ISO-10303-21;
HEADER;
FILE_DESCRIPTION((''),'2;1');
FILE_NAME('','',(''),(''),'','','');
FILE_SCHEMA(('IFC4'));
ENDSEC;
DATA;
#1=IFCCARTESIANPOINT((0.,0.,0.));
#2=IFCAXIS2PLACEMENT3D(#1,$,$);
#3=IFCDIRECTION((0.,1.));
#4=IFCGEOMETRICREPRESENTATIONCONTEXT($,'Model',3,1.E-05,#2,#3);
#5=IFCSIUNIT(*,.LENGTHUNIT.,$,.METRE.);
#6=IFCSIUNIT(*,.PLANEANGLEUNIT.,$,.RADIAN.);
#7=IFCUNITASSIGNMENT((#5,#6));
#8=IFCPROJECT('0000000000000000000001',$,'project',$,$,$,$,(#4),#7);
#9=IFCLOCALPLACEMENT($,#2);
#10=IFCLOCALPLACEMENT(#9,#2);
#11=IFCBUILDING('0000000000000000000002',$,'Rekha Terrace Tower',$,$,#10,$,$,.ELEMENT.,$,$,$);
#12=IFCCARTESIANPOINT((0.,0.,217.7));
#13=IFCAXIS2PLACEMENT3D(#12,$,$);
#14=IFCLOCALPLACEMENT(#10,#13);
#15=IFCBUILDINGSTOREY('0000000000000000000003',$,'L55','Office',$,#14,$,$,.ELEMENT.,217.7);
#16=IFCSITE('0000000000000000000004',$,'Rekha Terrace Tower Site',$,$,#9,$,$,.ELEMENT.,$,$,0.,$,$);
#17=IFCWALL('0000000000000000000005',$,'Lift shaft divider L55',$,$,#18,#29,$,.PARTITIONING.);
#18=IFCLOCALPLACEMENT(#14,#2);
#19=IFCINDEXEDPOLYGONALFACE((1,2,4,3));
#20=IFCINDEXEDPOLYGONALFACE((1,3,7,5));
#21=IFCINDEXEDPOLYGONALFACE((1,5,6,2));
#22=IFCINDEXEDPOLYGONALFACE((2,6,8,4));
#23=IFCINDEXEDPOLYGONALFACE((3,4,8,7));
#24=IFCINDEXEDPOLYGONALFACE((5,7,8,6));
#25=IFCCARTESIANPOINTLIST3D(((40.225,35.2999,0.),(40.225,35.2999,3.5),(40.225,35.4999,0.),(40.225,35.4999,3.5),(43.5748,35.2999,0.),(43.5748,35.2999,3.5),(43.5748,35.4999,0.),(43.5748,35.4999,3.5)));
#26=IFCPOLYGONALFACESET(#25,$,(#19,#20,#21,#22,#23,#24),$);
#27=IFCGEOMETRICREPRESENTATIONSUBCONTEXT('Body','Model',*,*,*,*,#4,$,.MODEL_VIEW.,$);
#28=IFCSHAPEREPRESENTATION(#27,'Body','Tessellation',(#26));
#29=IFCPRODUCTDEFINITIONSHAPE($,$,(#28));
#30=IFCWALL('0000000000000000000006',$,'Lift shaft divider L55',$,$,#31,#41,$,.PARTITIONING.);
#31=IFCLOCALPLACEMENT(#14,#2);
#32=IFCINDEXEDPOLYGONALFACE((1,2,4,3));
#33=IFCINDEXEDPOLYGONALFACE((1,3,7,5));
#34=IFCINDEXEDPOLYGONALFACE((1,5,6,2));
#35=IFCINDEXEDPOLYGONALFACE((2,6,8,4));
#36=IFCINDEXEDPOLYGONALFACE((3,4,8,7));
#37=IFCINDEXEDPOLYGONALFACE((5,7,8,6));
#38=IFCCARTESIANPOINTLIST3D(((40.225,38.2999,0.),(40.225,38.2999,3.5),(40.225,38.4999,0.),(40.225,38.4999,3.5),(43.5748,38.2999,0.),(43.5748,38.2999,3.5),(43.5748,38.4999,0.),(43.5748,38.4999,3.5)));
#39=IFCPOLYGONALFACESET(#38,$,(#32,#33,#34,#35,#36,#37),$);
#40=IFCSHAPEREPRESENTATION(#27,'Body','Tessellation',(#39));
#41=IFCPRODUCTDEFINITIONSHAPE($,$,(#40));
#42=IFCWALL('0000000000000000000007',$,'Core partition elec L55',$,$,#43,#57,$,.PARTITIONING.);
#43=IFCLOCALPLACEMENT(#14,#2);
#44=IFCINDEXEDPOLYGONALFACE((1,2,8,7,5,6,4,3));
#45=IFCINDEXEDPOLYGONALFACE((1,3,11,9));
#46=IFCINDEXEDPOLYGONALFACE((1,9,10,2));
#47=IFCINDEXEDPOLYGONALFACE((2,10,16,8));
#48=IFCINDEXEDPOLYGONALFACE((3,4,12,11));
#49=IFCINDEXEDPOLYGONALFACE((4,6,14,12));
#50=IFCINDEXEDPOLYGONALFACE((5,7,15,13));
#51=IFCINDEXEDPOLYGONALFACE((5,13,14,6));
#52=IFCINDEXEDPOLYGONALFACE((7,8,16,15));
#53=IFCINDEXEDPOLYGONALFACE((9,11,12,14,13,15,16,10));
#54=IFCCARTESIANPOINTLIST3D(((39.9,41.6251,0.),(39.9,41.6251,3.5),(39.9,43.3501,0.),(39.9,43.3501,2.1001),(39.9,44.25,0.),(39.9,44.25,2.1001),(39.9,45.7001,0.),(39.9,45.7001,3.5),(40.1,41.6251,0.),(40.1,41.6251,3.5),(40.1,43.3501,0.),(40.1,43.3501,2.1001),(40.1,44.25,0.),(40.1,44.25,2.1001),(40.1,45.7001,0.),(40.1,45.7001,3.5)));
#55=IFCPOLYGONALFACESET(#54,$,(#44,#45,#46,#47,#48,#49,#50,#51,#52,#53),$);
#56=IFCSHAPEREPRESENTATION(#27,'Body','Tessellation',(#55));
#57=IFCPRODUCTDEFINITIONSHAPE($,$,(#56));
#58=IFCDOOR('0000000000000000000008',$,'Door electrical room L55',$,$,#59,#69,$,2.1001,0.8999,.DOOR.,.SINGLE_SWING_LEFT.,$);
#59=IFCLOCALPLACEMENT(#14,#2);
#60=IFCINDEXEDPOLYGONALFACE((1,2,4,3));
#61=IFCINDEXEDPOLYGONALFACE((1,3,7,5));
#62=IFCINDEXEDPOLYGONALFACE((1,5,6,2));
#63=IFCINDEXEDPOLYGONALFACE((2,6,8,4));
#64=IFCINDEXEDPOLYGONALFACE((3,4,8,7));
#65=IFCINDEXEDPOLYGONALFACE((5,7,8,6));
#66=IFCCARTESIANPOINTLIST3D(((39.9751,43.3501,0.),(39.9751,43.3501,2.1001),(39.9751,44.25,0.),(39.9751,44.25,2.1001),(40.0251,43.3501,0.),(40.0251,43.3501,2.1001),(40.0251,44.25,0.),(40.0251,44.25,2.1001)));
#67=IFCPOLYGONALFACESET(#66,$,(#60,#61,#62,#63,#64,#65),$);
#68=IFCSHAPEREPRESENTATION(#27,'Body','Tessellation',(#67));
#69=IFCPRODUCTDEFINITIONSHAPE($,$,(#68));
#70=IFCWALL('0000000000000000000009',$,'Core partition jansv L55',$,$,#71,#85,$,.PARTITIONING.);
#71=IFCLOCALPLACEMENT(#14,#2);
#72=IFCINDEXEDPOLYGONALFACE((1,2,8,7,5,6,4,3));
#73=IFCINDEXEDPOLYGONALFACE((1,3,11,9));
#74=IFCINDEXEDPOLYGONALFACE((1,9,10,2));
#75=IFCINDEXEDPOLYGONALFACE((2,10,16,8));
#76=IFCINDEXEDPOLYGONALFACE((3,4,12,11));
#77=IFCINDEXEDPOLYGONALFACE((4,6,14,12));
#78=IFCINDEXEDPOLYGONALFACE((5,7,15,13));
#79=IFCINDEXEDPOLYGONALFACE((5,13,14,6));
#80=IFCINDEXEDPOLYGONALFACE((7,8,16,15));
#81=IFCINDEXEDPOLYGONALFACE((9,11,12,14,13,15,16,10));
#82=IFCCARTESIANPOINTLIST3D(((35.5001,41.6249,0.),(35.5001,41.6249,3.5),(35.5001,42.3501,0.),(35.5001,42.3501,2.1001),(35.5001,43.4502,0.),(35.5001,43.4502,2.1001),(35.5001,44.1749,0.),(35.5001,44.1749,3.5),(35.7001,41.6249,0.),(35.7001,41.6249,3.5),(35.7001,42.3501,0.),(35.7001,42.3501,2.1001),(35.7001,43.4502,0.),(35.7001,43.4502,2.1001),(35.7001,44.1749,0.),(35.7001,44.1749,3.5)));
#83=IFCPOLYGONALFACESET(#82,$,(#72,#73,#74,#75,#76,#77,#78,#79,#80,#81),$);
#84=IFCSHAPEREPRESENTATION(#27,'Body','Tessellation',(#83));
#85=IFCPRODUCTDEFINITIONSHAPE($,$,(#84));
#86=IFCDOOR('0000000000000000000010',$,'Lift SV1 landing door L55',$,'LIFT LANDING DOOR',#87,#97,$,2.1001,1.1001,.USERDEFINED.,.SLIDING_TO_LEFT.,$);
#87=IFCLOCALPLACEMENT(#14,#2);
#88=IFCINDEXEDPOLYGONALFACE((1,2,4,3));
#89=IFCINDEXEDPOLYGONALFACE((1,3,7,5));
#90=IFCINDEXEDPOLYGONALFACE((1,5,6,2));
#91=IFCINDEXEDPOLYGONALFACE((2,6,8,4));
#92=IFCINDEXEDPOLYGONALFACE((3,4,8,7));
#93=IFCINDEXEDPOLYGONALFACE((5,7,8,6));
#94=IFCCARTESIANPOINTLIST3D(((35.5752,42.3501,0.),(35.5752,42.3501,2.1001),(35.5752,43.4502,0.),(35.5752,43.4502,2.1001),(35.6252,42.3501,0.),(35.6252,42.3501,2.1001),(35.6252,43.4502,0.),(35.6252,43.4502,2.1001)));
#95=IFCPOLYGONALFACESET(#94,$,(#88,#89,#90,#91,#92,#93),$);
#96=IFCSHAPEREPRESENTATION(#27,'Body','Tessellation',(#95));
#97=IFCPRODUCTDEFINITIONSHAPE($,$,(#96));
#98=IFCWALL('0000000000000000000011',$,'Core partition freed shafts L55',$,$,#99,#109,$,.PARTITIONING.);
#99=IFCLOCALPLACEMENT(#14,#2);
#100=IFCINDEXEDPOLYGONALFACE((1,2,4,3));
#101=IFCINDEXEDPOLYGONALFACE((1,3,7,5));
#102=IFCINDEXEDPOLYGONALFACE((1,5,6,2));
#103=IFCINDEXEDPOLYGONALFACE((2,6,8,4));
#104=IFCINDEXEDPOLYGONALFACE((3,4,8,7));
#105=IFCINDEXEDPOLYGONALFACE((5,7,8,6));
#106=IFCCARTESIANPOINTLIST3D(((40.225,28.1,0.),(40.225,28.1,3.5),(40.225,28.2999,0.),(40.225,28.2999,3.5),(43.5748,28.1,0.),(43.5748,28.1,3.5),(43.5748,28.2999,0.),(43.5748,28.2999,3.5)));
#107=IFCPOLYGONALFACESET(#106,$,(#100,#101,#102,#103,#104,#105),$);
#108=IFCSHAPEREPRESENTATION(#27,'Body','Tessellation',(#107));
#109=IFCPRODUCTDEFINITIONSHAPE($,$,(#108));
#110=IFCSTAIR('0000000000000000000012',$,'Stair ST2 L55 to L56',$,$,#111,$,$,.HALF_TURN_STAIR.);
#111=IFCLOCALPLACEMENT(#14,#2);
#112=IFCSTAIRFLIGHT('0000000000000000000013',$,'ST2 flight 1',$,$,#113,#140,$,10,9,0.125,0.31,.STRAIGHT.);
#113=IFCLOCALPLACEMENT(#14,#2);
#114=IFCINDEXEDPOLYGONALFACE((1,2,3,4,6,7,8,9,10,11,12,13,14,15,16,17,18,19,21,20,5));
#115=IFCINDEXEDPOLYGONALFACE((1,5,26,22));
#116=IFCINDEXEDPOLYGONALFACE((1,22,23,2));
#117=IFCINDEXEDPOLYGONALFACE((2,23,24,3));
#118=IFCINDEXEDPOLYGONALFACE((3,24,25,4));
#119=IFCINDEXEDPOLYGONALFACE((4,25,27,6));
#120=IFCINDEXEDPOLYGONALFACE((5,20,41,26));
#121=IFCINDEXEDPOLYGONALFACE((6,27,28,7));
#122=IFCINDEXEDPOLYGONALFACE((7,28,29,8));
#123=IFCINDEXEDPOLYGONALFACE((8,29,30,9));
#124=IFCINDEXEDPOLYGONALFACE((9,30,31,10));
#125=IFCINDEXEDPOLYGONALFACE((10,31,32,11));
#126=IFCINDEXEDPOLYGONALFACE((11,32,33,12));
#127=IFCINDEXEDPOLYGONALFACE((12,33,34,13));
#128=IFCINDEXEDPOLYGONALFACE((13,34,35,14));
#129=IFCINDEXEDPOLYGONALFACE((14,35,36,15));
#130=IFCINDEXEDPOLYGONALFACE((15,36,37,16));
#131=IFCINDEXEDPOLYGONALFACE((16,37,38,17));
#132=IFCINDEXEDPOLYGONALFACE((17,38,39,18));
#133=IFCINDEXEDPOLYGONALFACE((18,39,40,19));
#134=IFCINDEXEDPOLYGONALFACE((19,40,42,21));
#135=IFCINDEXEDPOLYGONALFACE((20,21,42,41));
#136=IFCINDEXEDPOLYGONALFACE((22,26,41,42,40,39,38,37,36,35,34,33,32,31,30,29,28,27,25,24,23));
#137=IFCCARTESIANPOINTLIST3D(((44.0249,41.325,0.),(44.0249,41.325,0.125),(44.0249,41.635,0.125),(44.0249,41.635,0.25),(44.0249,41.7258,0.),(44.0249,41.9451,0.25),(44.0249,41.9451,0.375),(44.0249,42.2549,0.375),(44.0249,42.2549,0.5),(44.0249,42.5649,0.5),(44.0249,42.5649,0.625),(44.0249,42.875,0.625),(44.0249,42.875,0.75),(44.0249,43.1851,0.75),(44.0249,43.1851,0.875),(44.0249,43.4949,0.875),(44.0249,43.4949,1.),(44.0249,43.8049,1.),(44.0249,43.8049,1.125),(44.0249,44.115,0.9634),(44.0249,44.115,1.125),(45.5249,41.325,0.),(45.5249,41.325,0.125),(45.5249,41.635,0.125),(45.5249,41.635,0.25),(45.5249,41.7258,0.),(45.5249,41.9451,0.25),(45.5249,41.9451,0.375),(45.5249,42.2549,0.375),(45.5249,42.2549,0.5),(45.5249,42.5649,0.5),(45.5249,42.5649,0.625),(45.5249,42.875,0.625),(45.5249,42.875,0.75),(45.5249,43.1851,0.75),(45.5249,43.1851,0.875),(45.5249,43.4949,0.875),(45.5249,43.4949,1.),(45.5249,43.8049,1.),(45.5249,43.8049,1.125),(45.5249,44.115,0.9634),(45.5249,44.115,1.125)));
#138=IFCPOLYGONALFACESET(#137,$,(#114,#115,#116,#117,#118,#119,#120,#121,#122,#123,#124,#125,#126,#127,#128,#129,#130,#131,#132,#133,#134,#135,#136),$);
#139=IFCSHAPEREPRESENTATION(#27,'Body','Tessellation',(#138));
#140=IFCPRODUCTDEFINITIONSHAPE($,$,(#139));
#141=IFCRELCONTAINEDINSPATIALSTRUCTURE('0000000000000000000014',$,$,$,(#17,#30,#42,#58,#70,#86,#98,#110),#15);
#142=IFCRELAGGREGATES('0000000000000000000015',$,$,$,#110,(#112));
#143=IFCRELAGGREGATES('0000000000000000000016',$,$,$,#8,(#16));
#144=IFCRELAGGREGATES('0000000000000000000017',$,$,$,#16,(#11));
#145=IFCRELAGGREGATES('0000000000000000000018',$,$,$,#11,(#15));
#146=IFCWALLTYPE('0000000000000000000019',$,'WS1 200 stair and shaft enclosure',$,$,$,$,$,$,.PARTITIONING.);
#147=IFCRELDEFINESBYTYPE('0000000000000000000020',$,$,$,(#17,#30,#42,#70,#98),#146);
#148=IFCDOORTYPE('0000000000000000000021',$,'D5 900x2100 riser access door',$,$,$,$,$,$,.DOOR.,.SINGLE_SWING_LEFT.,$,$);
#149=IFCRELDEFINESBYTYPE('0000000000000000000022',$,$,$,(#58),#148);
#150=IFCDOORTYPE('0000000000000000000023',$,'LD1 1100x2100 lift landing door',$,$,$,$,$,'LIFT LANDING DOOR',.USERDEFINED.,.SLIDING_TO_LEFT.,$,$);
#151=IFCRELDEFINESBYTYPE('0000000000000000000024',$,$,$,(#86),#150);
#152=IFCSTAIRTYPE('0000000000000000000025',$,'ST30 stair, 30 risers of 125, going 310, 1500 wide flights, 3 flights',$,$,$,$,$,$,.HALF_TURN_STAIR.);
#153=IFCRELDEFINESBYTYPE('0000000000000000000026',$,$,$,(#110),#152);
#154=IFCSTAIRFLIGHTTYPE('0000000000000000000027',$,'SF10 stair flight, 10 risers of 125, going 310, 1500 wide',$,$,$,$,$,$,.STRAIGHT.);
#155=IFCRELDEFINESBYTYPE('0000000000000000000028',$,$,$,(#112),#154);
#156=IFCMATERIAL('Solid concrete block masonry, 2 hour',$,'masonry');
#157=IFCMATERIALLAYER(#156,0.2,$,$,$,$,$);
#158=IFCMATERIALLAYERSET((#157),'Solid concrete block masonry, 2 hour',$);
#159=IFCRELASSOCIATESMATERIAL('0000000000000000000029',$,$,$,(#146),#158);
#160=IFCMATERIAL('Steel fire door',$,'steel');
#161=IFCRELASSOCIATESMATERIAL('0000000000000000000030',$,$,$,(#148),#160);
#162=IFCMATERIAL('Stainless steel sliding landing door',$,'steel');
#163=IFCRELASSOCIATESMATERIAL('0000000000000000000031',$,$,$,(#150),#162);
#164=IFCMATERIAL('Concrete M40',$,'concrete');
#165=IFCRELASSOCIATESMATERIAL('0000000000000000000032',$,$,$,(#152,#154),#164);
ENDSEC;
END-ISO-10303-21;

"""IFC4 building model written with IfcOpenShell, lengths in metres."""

from ifc_helpers import new_model, si_unit, direction, frame, frame_2d, origin, place, context, subcontext, project, spatial, polyline, rectangle, outline, extrude, material, layer, layer_set, type_object, element, fill, aggregate, save


model = new_model("IFC4")

# Units and contexts
model_context = context("Model", 3, precision=1e-05, world=origin(), true_north=direction((0.0, 1.0)))
body_context = subcontext(model_context, "Body", "Model", "MODEL_VIEW")
ifc_project = project(units=[si_unit("LENGTHUNIT", "METRE"), si_unit("PLANEANGLEUNIT", "RADIAN")], contexts=[model_context])

# Site, building, storey
site_placement = place(None, origin())
site = spatial("IfcSite", under=ifc_project, at=site_placement, Name="Rekha Terrace Tower Site", CompositionType="ELEMENT", RefElevation=0.0)
building_placement = place(site_placement, origin())
building = spatial("IfcBuilding", under=site, at=building_placement, Name="Rekha Terrace Tower", CompositionType="ELEMENT")
storey_placement = place(building_placement, frame((0.0, 0.0, 217.7)))
storey = spatial("IfcBuildingStorey", under=building, at=storey_placement, Name="L55", Description="Office", CompositionType="ELEMENT", Elevation=217.7)

# Shared definitions
ifc_material_1 = material(Name="Stainless steel sliding landing door", Category="steel")
ifc_material_2 = material(Name="Steel fire door", Category="steel")

# Walls
ifc_material_3 = material(Name="Solid concrete block masonry, 2 hour", Category="masonry")
ifc_layer_1 = layer(ifc_material_3, 0.2)
ifc_layer_set_1 = layer_set([ifc_layer_1], Name="Solid concrete block masonry, 2 hour")
wall_type_1 = type_object("IfcWallType", Name="WS1 200 stair and shaft enclosure", PredefinedType="PARTITIONING", material=ifc_layer_set_1)
for number, where, z_axis, x_axis, name in (
    (1, (40.2251, 35.3999, 0.0), (0.0, 0.0, 1.0), (1.0, 0.0, 0.0), "Lift shaft divider L55"),
    (2, (40.2251, 38.3999, 0.0), (0.0, 0.0, 1.0), (1.0, 0.0, 0.0), "Lift shaft divider L55"),
):
    element("IfcWall", number, at=place(storey_placement, frame(where, z_axis=z_axis, x_axis=x_axis)), inside=storey, type_object=wall_type_1, Name=name, PredefinedType="PARTITIONING", context=body_context, shape_type="SweptSolid", body=[
        extrude(rectangle(XDim=3.3499, YDim=0.2, at=frame_2d((1.6748, 0.0))), origin(), (0.0, 0.0, 1.0), 3.5),
    ])

# Walls, openings, doors
wall_1_placement = place(storey_placement, frame((40.0, 41.625, 0.0), z_axis=(0.0, 0.0, 1.0), x_axis=(0.0, 1.0, 0.0)))
wall_1 = element("IfcWall", 3, at=wall_1_placement, inside=storey, type_object=wall_type_1, Name="Core partition elec L55", PredefinedType="PARTITIONING", context=body_context, shape_type="SweptSolid", body=[
    extrude(rectangle(XDim=4.075, YDim=0.2, at=frame_2d((2.0376, 0.0))), origin(), (0.0, 0.0, 1.0), 3.5),
])
opening_1_placement = place(wall_1_placement, frame((1.7251, 0.0, 0.0)))
opening_1 = element("IfcOpeningElement", 4, at=opening_1_placement, cuts=wall_1, PredefinedType="OPENING", context=body_context, shape_type="SweptSolid", body=[
    extrude(rectangle(XDim=0.8999, YDim=2.1001, at=frame_2d((0.45, 1.05))), frame((0.0, 0.1099, 0.0), z_axis=(0.0, -1.0, 0.0), x_axis=(1.0, 0.0, 0.0)), (0.0, 0.0, 1.0), 0.22),
])
door_type_1 = type_object("IfcDoorType", Name="D5 900x2100 riser access door", OperationType="SINGLE_SWING_LEFT", PredefinedType="DOOR", material=ifc_material_2)
door_1_placement = place(opening_1_placement, origin())
door_1 = element("IfcDoor", 5, at=door_1_placement, inside=storey, type_object=door_type_1, Name="Door electrical room L55", OperationType="SINGLE_SWING_LEFT", OverallHeight=2.1001, OverallWidth=0.8999, PredefinedType="DOOR", context=body_context, shape_type="SweptSolid", body=[
    extrude(rectangle(XDim=0.8999, YDim=2.1001, at=frame_2d((0.45, 1.05))), frame((0.0, 0.0249, 0.0), z_axis=(0.0, -1.0, 0.0), x_axis=(1.0, 0.0, 0.0)), (0.0, 0.0, 1.0), 0.05),
])
fill(opening_1, door_1)
wall_2_placement = place(storey_placement, frame((35.6001, 41.625, 0.0), z_axis=(0.0, 0.0, 1.0), x_axis=(0.0, 1.0, 0.0)))
wall_2 = element("IfcWall", 6, at=wall_2_placement, inside=storey, type_object=wall_type_1, Name="Core partition jansv L55", PredefinedType="PARTITIONING", context=body_context, shape_type="SweptSolid", body=[
    extrude(rectangle(XDim=2.55, YDim=0.2, at=frame_2d((1.2749, 0.0))), origin(), (0.0, 0.0, 1.0), 3.5),
])
opening_2_placement = place(wall_2_placement, frame((0.7251, 0.0, 0.0)))
opening_2 = element("IfcOpeningElement", 7, at=opening_2_placement, cuts=wall_2, PredefinedType="OPENING", context=body_context, shape_type="SweptSolid", body=[
    extrude(rectangle(XDim=1.1001, YDim=2.1001, at=frame_2d((0.55, 1.05))), frame((0.0, 0.1099, 0.0), z_axis=(0.0, -1.0, 0.0), x_axis=(1.0, 0.0, 0.0)), (0.0, 0.0, 1.0), 0.22),
])
door_type_2 = type_object("IfcDoorType", Name="LD1 1100x2100 lift landing door", ElementType="LIFT LANDING DOOR", OperationType="SLIDING_TO_LEFT", PredefinedType="USERDEFINED", material=ifc_material_1)
door_2_placement = place(opening_2_placement, origin())
door_2 = element("IfcDoor", 8, at=door_2_placement, inside=storey, type_object=door_type_2, Name="Lift SV1 landing door L55", ObjectType="LIFT LANDING DOOR", OperationType="SLIDING_TO_LEFT", OverallHeight=2.1001, OverallWidth=1.1001, PredefinedType="USERDEFINED", context=body_context, shape_type="SweptSolid", body=[
    extrude(rectangle(XDim=1.1001, YDim=2.1001, at=frame_2d((0.55, 1.05))), frame((0.0, 0.0249, 0.0), z_axis=(0.0, -1.0, 0.0), x_axis=(1.0, 0.0, 0.0)), (0.0, 0.0, 1.0), 0.05),
])
fill(opening_2, door_2)

# Wall
wall_3_placement = place(storey_placement, frame((40.2251, 28.2, 0.0), z_axis=(0.0, 0.0, 1.0), x_axis=(1.0, 0.0, 0.0)))
element("IfcWall", 9, at=wall_3_placement, inside=storey, type_object=wall_type_1, Name="Core partition freed shafts L55", PredefinedType="PARTITIONING", context=body_context, shape_type="SweptSolid", body=[
    extrude(rectangle(XDim=3.3499, YDim=0.2, at=frame_2d((1.6748, 0.0))), origin(), (0.0, 0.0, 1.0), 3.5),
])

# Stair, stair flight
ifc_material_4 = material(Name="Concrete M40", Category="concrete")
stair_type = type_object("IfcStairType", Name="ST30 stair, 30 risers of 125, going 310, 1500 wide flights, 3 flights", PredefinedType="HALF_TURN_STAIR", material=ifc_material_4)
stair_placement = place(storey_placement, origin())
stair = element("IfcStair", 10, at=stair_placement, inside=storey, type_object=stair_type, Name="Stair ST2 L55 to L56", PredefinedType="HALF_TURN_STAIR")
stair_flight_type = type_object("IfcStairFlightType", Name="SF10 stair flight, 10 risers of 125, going 310, 1500 wide", PredefinedType="STRAIGHT", material=ifc_material_4)
stair_flight_placement = place(storey_placement, frame((44.7749, 41.325, 0.0), z_axis=(0.0, 0.0, 1.0), x_axis=(0.0, 1.0, 0.0)))
stair_flight = element("IfcStairFlight", 11, at=stair_flight_placement, type_object=stair_flight_type, Name="ST2 flight 1", NumberOfRisers=10, NumberOfTreads=9, PredefinedType="STRAIGHT", RiserHeight=0.125, TreadLength=0.31, context=body_context, shape_type="SweptSolid", body=[
    extrude(outline(polyline([(0.0, 0.0), (0.0, 0.125), (0.3101, 0.125), (0.3101, 0.25), (0.6201, 0.25), (0.6201, 0.375), (0.9299, 0.375), (0.9299, 0.5), (1.24, 0.5), (1.24, 0.625), (1.55, 0.625), (1.55, 0.75), (1.8601, 0.75), (1.8601, 0.875), (2.1699, 0.875), (2.1699, 1.0), (2.48, 1.0), (2.48, 1.125), (2.79, 1.125), (2.79, 1.25), (2.79, 0.9634), (0.4009, 0.0), (0.0, 0.0)])), frame((0.0, 0.75, 0.0), z_axis=(0.0, -1.0, 0.0), x_axis=(1.0, 0.0, 0.0)), (0.0, 0.0, 1.0), 1.5),
])
aggregate(stair, [stair_flight])

save(model, "model.ifc")
